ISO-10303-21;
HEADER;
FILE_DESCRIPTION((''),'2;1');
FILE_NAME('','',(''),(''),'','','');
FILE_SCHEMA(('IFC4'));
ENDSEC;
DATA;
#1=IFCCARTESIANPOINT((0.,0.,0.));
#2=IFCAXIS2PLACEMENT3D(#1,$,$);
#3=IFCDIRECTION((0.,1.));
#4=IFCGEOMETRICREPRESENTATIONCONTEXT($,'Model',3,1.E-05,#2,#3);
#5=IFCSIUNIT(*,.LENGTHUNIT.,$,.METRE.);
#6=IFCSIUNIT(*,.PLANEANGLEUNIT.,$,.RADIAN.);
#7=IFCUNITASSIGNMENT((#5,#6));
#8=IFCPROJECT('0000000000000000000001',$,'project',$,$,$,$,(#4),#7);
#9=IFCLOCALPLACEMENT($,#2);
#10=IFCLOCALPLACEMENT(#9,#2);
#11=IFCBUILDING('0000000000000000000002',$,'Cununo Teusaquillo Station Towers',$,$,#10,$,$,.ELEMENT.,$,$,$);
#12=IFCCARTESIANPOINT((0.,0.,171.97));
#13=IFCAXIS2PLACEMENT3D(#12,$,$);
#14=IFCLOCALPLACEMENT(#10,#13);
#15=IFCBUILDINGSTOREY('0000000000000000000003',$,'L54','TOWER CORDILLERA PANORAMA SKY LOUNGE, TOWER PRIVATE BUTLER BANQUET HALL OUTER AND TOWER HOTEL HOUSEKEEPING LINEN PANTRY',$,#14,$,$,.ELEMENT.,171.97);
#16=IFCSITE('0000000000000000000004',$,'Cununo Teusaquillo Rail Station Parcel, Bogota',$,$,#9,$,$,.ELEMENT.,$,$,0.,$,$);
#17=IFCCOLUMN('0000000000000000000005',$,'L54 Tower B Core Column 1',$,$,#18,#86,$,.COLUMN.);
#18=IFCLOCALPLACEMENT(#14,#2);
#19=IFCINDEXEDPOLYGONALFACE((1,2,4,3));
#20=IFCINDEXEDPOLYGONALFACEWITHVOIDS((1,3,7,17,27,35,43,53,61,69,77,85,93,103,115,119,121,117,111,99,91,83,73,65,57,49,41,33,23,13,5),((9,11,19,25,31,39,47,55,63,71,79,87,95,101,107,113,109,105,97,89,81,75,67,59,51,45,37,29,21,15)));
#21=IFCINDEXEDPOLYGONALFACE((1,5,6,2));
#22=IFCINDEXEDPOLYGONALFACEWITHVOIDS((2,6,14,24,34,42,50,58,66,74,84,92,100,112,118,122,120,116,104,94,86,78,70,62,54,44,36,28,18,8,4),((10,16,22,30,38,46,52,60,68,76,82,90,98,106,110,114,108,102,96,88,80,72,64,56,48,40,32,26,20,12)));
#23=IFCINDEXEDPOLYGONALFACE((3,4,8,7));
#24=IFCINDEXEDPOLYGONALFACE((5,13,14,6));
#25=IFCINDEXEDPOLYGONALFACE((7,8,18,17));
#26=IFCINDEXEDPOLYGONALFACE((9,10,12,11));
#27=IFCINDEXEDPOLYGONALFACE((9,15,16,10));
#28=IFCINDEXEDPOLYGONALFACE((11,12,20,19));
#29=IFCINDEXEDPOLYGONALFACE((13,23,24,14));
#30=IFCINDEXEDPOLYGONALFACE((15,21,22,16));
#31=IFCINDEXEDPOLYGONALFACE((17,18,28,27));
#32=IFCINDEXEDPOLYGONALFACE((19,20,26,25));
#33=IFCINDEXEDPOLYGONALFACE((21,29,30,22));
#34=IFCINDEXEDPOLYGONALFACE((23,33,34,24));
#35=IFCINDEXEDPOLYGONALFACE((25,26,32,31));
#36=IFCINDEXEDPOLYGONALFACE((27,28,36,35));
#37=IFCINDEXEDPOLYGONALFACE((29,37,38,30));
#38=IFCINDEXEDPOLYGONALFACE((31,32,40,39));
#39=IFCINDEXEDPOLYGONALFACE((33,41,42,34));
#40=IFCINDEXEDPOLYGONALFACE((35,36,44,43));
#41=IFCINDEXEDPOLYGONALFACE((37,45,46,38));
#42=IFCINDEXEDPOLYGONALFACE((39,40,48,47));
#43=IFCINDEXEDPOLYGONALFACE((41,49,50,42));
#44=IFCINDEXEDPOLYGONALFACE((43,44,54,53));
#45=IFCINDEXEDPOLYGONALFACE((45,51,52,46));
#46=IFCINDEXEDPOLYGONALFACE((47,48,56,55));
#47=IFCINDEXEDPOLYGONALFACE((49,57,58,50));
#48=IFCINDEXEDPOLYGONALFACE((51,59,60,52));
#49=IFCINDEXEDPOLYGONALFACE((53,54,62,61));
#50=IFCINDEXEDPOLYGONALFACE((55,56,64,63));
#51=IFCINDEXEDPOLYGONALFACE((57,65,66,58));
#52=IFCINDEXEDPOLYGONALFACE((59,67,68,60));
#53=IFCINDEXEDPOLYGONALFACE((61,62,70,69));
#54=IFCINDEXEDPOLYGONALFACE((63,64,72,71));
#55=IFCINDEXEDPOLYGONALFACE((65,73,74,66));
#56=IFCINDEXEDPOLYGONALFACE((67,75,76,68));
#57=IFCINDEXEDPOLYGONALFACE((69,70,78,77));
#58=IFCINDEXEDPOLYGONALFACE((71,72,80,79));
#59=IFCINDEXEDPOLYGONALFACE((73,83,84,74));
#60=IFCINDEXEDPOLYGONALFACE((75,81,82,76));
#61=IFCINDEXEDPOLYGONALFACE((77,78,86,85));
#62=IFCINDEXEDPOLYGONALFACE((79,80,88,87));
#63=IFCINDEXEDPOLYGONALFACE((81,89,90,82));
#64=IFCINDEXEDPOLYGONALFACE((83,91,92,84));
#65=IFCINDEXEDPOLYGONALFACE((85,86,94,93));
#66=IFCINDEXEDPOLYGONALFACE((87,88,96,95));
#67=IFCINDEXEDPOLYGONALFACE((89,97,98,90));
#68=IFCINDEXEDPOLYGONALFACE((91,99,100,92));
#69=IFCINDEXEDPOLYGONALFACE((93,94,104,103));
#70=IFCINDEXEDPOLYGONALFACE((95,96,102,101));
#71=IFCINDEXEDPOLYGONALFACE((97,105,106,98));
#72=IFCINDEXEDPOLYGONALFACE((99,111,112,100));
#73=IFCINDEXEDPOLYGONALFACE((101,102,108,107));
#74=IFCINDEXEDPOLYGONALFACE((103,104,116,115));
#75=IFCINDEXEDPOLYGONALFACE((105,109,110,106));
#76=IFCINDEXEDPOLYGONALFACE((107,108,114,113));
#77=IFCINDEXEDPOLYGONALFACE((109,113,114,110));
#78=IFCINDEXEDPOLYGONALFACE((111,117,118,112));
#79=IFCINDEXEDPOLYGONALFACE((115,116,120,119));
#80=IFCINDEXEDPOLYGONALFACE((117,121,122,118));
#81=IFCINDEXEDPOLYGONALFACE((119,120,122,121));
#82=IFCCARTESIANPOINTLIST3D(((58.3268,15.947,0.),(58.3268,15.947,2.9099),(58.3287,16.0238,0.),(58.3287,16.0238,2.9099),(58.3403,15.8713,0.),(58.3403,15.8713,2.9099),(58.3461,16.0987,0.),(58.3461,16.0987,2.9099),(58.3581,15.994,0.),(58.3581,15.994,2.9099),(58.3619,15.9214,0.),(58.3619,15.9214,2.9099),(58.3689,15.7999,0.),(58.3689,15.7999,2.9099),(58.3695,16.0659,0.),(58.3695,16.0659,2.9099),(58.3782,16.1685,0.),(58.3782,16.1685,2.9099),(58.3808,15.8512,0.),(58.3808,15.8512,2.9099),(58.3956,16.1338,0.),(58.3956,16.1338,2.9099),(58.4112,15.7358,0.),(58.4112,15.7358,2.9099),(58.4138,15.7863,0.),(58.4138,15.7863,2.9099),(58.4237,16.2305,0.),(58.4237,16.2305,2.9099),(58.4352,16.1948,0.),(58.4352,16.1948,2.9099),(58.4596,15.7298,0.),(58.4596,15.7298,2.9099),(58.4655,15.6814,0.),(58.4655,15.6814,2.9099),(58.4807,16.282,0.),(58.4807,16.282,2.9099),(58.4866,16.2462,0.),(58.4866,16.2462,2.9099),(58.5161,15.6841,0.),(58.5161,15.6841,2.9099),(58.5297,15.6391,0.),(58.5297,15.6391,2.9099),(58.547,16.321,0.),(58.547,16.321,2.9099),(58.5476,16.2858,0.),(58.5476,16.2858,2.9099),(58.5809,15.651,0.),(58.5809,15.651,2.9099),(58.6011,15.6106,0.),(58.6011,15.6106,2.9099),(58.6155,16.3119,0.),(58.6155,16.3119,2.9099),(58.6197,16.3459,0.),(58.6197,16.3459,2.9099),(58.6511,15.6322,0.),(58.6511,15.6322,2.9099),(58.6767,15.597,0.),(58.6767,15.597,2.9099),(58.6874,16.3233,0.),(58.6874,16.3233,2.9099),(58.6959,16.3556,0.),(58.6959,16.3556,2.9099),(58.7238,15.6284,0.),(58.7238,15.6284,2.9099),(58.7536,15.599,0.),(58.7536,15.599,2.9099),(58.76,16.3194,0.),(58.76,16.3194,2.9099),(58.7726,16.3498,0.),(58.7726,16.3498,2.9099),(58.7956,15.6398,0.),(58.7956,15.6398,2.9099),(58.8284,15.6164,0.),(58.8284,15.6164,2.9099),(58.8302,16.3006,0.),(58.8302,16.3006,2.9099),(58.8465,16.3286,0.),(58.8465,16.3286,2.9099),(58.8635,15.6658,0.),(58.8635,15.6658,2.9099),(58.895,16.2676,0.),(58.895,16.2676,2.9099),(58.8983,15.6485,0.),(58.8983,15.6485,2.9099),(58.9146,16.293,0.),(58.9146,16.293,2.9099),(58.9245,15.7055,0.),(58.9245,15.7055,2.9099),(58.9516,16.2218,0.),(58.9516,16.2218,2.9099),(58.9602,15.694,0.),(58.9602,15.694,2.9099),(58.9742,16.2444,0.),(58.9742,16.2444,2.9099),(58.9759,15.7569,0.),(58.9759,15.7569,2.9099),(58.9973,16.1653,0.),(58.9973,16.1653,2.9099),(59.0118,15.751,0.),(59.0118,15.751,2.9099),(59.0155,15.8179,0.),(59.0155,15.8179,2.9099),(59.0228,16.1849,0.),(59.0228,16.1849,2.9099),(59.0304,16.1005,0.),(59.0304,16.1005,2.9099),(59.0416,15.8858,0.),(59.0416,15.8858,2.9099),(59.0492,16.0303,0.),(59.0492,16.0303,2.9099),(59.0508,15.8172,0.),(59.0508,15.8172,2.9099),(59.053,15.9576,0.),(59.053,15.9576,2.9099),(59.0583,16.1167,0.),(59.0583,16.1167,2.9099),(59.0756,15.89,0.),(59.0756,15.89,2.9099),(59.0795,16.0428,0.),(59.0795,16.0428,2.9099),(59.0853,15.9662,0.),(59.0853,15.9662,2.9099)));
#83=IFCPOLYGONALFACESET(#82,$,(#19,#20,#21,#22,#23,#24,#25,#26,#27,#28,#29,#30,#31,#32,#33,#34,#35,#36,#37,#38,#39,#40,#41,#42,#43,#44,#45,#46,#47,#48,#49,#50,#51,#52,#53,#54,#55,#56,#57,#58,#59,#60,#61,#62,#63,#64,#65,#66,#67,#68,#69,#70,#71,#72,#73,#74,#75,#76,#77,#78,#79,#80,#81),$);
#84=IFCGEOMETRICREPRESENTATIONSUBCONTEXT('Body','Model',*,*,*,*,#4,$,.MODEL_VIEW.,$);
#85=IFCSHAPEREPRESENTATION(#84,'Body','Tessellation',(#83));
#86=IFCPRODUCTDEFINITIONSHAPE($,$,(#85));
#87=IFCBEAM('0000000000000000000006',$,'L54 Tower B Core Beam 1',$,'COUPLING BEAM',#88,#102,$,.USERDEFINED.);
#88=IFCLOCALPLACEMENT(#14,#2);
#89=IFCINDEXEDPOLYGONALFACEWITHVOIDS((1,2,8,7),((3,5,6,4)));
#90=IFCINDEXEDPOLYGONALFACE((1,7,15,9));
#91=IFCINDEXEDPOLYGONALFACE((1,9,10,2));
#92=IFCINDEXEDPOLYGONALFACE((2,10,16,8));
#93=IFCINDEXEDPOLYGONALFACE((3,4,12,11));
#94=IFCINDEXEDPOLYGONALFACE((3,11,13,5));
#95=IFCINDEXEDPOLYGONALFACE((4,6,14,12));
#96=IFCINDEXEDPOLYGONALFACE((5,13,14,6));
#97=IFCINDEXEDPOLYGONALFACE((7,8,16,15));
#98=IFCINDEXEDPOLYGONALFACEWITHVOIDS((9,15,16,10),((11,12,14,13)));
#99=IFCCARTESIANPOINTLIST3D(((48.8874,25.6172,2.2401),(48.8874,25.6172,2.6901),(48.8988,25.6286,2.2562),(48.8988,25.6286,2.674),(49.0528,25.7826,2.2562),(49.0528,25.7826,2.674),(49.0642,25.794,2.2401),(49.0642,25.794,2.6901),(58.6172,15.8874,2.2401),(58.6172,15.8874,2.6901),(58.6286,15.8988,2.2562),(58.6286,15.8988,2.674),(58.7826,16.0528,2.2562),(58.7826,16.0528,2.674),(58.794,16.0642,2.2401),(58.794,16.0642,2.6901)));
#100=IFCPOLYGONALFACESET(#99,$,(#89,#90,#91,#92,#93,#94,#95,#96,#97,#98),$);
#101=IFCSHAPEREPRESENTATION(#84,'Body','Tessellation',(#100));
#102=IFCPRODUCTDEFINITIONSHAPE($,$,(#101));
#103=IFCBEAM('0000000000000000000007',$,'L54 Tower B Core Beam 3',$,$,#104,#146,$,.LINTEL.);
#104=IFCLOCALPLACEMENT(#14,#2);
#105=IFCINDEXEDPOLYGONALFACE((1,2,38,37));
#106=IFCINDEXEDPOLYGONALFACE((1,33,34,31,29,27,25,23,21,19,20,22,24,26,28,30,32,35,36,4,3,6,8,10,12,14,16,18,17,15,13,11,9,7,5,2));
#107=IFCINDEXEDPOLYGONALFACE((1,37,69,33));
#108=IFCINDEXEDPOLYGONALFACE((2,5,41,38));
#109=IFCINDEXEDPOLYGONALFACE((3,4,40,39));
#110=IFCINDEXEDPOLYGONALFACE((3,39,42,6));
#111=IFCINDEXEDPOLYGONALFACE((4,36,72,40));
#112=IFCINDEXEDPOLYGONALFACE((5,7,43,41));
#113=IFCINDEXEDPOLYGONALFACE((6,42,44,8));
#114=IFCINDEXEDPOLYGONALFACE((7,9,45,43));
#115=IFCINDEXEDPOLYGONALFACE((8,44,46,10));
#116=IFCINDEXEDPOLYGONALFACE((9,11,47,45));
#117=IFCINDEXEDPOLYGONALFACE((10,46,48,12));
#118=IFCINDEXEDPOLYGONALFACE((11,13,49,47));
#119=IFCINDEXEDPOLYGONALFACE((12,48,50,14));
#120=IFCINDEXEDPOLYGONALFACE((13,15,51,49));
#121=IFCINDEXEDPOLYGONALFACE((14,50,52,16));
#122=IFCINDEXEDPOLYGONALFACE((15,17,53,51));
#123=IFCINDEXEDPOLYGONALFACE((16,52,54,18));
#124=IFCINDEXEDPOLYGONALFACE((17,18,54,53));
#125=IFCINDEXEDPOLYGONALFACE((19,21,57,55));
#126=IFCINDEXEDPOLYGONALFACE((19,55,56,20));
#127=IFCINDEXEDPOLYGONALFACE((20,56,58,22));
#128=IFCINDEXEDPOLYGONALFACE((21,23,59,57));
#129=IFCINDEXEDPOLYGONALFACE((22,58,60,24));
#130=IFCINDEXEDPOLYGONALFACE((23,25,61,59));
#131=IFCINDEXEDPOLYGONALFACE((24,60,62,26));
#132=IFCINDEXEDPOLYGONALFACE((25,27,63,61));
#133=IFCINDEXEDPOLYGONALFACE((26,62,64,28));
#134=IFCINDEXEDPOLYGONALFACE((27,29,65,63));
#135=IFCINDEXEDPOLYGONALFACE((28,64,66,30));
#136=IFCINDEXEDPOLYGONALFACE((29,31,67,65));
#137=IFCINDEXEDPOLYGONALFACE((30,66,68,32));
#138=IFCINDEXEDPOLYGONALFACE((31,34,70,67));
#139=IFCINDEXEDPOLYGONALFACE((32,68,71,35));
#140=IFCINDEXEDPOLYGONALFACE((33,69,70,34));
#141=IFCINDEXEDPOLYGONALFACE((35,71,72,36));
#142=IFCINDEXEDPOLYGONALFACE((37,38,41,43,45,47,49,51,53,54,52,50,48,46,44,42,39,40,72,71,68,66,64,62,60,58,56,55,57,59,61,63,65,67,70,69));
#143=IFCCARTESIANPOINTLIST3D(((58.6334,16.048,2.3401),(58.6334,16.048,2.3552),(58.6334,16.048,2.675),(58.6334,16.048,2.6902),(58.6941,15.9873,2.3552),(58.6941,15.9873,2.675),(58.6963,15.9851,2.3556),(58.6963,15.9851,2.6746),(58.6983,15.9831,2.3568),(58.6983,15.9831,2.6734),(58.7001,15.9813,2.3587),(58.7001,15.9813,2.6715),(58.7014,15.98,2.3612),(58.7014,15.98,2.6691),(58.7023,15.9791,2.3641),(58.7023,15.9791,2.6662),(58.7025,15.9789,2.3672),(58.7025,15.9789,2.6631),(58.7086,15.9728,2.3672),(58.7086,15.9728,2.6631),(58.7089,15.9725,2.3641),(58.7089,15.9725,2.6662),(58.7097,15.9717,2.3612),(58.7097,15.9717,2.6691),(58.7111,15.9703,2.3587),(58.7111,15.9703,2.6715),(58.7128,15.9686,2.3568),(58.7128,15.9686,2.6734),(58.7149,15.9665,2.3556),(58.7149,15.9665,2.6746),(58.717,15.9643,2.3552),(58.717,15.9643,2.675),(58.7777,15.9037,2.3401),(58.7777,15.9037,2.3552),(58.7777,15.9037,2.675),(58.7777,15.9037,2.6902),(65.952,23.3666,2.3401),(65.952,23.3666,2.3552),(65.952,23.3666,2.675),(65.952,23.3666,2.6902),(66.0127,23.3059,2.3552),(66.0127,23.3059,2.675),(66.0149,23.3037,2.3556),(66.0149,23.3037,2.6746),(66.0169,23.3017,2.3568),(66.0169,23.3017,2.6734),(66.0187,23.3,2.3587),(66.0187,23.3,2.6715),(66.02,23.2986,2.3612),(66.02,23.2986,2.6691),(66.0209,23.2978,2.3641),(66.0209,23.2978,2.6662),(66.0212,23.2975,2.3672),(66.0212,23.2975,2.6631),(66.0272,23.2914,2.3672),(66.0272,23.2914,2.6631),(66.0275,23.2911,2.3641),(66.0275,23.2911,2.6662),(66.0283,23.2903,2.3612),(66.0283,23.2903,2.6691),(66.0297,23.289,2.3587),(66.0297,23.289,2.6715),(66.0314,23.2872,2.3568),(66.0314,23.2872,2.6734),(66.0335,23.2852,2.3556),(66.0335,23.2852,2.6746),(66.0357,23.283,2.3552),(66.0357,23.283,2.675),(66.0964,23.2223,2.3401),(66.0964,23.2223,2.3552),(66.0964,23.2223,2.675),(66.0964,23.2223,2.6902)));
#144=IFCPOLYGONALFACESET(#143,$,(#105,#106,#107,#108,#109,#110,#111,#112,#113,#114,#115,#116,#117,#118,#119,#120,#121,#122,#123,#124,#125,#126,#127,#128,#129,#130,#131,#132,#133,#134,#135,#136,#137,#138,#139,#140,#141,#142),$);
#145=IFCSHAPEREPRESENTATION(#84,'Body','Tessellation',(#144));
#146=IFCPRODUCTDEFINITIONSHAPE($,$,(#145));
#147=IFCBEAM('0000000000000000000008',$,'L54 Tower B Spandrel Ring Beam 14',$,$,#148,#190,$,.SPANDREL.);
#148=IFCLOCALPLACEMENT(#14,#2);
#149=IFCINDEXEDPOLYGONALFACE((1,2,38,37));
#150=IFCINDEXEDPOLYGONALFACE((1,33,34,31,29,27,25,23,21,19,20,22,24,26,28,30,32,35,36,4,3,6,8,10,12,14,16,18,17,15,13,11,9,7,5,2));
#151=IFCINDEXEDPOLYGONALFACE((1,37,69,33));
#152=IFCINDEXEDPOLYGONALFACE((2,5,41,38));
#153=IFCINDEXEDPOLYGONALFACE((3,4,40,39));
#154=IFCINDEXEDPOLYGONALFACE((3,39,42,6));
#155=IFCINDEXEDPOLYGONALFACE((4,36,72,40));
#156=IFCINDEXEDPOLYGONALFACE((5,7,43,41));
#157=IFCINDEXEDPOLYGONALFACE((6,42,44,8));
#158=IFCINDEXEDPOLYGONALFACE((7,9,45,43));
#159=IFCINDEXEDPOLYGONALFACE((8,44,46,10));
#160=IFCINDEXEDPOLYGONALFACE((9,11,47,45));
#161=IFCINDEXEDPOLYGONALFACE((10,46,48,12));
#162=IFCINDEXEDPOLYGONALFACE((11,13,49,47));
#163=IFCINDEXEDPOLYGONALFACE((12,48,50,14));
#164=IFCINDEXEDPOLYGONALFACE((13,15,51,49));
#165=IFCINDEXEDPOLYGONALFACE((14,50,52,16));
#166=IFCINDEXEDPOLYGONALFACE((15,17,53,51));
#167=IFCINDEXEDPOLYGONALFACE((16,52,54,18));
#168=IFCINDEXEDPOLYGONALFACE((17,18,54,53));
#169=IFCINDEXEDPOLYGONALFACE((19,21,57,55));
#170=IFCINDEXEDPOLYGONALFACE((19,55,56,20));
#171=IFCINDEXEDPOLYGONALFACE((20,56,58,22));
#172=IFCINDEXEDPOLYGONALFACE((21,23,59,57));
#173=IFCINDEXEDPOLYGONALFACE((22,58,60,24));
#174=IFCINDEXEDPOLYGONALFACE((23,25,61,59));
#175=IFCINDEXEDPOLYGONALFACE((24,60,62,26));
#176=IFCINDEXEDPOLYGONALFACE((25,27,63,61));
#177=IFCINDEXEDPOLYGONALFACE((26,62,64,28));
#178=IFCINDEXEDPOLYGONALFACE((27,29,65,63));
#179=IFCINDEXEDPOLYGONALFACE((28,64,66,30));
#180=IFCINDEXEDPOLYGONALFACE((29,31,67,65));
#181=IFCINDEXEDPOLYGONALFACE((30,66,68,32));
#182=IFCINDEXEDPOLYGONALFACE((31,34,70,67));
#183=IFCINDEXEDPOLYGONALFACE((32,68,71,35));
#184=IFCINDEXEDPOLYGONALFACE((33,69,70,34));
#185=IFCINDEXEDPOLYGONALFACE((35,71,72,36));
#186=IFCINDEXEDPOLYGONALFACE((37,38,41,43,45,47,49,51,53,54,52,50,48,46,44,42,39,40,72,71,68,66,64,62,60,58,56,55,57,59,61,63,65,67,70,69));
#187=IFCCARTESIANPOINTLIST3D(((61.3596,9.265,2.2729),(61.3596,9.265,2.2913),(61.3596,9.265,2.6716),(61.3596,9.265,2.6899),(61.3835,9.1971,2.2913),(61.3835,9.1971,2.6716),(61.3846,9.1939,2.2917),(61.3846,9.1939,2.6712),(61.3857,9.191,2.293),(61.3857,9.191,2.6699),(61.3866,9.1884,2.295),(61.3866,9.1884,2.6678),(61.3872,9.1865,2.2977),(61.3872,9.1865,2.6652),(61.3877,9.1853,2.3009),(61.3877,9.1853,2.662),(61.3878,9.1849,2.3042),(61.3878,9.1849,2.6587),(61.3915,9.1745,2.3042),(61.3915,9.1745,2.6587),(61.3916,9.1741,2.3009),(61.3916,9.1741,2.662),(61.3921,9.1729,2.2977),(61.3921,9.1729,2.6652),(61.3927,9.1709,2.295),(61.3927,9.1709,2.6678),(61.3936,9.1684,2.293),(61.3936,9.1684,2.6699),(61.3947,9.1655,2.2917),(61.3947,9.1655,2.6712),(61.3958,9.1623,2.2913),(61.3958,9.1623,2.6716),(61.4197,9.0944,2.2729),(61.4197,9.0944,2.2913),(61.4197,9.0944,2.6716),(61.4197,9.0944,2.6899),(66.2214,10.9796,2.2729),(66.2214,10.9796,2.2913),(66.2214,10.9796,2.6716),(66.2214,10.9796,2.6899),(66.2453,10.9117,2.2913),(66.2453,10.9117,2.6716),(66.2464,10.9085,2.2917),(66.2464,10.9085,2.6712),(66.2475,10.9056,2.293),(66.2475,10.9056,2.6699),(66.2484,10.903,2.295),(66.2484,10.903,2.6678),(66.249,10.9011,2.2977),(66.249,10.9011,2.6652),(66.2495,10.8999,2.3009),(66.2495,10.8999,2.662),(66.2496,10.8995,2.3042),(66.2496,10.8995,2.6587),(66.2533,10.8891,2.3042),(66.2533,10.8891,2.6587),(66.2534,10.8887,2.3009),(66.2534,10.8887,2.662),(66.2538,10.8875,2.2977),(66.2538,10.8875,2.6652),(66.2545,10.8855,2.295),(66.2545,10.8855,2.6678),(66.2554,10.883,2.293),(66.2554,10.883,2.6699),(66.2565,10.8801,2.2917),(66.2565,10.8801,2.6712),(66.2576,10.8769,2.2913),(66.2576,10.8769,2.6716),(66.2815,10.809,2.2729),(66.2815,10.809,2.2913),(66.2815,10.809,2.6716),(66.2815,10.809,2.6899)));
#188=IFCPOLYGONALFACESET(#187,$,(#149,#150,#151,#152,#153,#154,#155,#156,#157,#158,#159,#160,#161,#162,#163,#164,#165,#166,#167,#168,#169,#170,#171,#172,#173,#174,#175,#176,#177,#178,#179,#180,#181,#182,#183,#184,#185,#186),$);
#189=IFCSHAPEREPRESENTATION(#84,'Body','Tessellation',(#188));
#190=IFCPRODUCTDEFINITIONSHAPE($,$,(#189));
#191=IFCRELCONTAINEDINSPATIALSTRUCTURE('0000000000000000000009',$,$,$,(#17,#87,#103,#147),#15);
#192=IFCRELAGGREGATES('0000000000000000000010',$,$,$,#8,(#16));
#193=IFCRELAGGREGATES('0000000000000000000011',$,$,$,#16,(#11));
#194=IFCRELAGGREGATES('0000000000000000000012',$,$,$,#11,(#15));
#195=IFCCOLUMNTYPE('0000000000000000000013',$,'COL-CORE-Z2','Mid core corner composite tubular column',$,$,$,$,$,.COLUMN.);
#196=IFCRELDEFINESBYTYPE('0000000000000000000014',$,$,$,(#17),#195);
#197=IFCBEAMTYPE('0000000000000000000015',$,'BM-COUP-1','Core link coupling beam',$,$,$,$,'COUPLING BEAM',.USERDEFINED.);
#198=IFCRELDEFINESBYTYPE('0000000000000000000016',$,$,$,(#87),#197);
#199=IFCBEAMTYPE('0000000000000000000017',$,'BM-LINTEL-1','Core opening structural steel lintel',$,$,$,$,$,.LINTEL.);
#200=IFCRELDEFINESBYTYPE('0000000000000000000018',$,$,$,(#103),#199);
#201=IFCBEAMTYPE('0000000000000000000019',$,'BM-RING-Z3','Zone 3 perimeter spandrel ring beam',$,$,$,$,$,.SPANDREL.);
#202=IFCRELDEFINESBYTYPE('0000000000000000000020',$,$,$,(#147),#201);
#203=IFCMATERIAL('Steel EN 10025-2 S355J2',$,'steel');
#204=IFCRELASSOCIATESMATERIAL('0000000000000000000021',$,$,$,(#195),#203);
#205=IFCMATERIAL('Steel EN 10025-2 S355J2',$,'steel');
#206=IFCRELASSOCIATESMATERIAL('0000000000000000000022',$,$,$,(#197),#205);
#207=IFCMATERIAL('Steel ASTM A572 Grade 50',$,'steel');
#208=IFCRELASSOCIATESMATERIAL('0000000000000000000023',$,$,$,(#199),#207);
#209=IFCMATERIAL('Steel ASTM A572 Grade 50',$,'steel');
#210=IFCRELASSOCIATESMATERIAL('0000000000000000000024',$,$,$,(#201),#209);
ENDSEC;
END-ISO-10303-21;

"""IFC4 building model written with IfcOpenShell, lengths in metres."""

from ifc_helpers import new_model, si_unit, direction, frame, origin, origin_2d, place, context, subcontext, project, spatial, hollow_rectangle, hollow_circle, i_section, extrude, material, material_profile, profile_set, type_object, element, save


model = new_model("IFC4")

# Units and contexts
model_context = context("Model", 3, precision=1e-05, world=origin(), true_north=direction((0.0, 1.0)))
body_context = subcontext(model_context, "Body", "Model", "MODEL_VIEW")
ifc_project = project(units=[si_unit("LENGTHUNIT", "METRE"), si_unit("PLANEANGLEUNIT", "RADIAN")], contexts=[model_context])

# Site, building, storey
site_placement = place(None, origin())
site = spatial("IfcSite", under=ifc_project, at=site_placement, Name="Cununo Teusaquillo Rail Station Parcel, Bogota", CompositionType="ELEMENT", RefElevation=0.0)
building_placement = place(site_placement, origin())
building = spatial("IfcBuilding", under=site, at=building_placement, Name="Cununo Teusaquillo Station Towers", CompositionType="ELEMENT")
storey_placement = place(building_placement, frame((0.0, 0.0, 171.97)))
storey = spatial("IfcBuildingStorey", under=building, at=storey_placement, Name="L54", Description="TOWER CORDILLERA PANORAMA SKY LOUNGE, TOWER PRIVATE BUTLER BANQUET HALL OUTER AND TOWER HOTEL HOUSEKEEPING LINEN PANTRY", CompositionType="ELEMENT", Elevation=171.97)

# Column
ifc_material_1 = material(Name="Steel EN 10025-2 S355J2", Category="steel")
ifc_material_profile_1 = material_profile(ifc_material_1, hollow_circle(Radius=0.3799, WallThickness=0.032, at=origin_2d()), Name="CHS 760x32")
ifc_profile_set_1 = profile_set([ifc_material_profile_1], Name="Steel EN 10025-2 S355J2")
column_type = type_object("IfcColumnType", Name="COL-CORE-Z2", Description="Mid core corner composite tubular column", PredefinedType="COLUMN", material=ifc_profile_set_1)
column_placement = place(storey_placement, frame((58.7056, 15.9758, 0.0), z_axis=(0.0, 0.0, 1.0), x_axis=(0.707107, 0.707107, 0.0)))
element("IfcColumn", 1, at=column_placement, inside=storey, type_object=column_type, Name="L54 Tower B Core Column 1", PredefinedType="COLUMN", context=body_context, shape_type="SweptSolid", body=[
    extrude(hollow_circle(Radius=0.3799, WallThickness=0.032, at=origin_2d()), origin(), (0.0, 0.0, 1.0), 2.9099),
])

# Beams
ifc_material_2 = material(Name="Steel EN 10025-2 S355J2", Category="steel")
ifc_material_profile_2 = material_profile(ifc_material_2, hollow_rectangle(XDim=0.25, YDim=0.45, WallThickness=0.0161, at=origin_2d()), Name="RHS 450x250x16")
ifc_profile_set_2 = profile_set([ifc_material_profile_2], Name="Steel EN 10025-2 S355J2")
beam_type_1 = type_object("IfcBeamType", Name="BM-COUP-1", Description="Core link coupling beam", ElementType="COUPLING BEAM", PredefinedType="USERDEFINED", material=ifc_profile_set_2)
beam_1_placement = place(storey_placement, frame((58.7056, 15.9758, 2.4651), z_axis=(-0.707107, 0.707107, 0.0), x_axis=(-0.707107, -0.707107, 0.0)))
element("IfcBeam", 2, at=beam_1_placement, inside=storey, type_object=beam_type_1, Name="L54 Tower B Core Beam 1", ObjectType="COUPLING BEAM", PredefinedType="USERDEFINED", context=body_context, shape_type="SweptSolid", body=[
    extrude(hollow_rectangle(XDim=0.25, YDim=0.45, WallThickness=0.0161, at=origin_2d()), origin(), (0.0, 0.0, 1.0), 13.76),
])
ifc_material_3 = material(Name="Steel ASTM A572 Grade 50", Category="steel")
ifc_material_profile_3 = material_profile(ifc_material_3, i_section(OverallWidth=0.2041, OverallDepth=0.3501, WebThickness=0.0085, FlangeThickness=0.0151, FilletRadius=0.012, at=origin_2d()), Name="W14X48")
ifc_profile_set_3 = profile_set([ifc_material_profile_3], Name="Steel ASTM A572 Grade 50")
beam_type_2 = type_object("IfcBeamType", Name="BM-LINTEL-1", Description="Core opening structural steel lintel", PredefinedType="LINTEL", material=ifc_profile_set_3)
beam_2_placement = place(storey_placement, frame((58.7056, 15.9758, 2.5151), z_axis=(0.707107, 0.707107, 0.0), x_axis=(-0.707107, 0.707107, 0.0)))
element("IfcBeam", 3, at=beam_2_placement, inside=storey, type_object=beam_type_2, Name="L54 Tower B Core Beam 3", PredefinedType="LINTEL", context=body_context, shape_type="SweptSolid", body=[
    extrude(i_section(OverallWidth=0.2041, OverallDepth=0.3501, WebThickness=0.0085, FlangeThickness=0.0151, FilletRadius=0.012, at=origin_2d()), origin(), (0.0, 0.0, 1.0), 10.3501),
])
ifc_material_4 = material(Name="Steel ASTM A572 Grade 50", Category="steel")
ifc_material_profile_4 = material_profile(ifc_material_4, i_section(OverallWidth=0.1809, OverallDepth=0.417, WebThickness=0.011, FlangeThickness=0.0183, FilletRadius=0.0129, at=origin_2d()), Name="W16X57")
ifc_profile_set_4 = profile_set([ifc_material_profile_4], Name="Steel ASTM A572 Grade 50")
beam_type_3 = type_object("IfcBeamType", Name="BM-RING-Z3", Description="Zone 3 perimeter spandrel ring beam", PredefinedType="SPANDREL", material=ifc_profile_set_4)
beam_3_placement = place(storey_placement, frame((61.3896, 9.1797, 2.4814), z_axis=(0.943072, 0.33259, 0.0), x_axis=(-0.33259, 0.943072, 0.0)))
element("IfcBeam", 4, at=beam_3_placement, inside=storey, type_object=beam_type_3, Name="L54 Tower B Spandrel Ring Beam 14", PredefinedType="SPANDREL", context=body_context, shape_type="SweptSolid", body=[
    extrude(i_section(OverallWidth=0.1809, OverallDepth=0.417, WebThickness=0.011, FlangeThickness=0.0183, FilletRadius=0.0129, at=origin_2d()), origin(), (0.0, 0.0, 1.0), 5.1553),
])

save(model, "model.ifc")
